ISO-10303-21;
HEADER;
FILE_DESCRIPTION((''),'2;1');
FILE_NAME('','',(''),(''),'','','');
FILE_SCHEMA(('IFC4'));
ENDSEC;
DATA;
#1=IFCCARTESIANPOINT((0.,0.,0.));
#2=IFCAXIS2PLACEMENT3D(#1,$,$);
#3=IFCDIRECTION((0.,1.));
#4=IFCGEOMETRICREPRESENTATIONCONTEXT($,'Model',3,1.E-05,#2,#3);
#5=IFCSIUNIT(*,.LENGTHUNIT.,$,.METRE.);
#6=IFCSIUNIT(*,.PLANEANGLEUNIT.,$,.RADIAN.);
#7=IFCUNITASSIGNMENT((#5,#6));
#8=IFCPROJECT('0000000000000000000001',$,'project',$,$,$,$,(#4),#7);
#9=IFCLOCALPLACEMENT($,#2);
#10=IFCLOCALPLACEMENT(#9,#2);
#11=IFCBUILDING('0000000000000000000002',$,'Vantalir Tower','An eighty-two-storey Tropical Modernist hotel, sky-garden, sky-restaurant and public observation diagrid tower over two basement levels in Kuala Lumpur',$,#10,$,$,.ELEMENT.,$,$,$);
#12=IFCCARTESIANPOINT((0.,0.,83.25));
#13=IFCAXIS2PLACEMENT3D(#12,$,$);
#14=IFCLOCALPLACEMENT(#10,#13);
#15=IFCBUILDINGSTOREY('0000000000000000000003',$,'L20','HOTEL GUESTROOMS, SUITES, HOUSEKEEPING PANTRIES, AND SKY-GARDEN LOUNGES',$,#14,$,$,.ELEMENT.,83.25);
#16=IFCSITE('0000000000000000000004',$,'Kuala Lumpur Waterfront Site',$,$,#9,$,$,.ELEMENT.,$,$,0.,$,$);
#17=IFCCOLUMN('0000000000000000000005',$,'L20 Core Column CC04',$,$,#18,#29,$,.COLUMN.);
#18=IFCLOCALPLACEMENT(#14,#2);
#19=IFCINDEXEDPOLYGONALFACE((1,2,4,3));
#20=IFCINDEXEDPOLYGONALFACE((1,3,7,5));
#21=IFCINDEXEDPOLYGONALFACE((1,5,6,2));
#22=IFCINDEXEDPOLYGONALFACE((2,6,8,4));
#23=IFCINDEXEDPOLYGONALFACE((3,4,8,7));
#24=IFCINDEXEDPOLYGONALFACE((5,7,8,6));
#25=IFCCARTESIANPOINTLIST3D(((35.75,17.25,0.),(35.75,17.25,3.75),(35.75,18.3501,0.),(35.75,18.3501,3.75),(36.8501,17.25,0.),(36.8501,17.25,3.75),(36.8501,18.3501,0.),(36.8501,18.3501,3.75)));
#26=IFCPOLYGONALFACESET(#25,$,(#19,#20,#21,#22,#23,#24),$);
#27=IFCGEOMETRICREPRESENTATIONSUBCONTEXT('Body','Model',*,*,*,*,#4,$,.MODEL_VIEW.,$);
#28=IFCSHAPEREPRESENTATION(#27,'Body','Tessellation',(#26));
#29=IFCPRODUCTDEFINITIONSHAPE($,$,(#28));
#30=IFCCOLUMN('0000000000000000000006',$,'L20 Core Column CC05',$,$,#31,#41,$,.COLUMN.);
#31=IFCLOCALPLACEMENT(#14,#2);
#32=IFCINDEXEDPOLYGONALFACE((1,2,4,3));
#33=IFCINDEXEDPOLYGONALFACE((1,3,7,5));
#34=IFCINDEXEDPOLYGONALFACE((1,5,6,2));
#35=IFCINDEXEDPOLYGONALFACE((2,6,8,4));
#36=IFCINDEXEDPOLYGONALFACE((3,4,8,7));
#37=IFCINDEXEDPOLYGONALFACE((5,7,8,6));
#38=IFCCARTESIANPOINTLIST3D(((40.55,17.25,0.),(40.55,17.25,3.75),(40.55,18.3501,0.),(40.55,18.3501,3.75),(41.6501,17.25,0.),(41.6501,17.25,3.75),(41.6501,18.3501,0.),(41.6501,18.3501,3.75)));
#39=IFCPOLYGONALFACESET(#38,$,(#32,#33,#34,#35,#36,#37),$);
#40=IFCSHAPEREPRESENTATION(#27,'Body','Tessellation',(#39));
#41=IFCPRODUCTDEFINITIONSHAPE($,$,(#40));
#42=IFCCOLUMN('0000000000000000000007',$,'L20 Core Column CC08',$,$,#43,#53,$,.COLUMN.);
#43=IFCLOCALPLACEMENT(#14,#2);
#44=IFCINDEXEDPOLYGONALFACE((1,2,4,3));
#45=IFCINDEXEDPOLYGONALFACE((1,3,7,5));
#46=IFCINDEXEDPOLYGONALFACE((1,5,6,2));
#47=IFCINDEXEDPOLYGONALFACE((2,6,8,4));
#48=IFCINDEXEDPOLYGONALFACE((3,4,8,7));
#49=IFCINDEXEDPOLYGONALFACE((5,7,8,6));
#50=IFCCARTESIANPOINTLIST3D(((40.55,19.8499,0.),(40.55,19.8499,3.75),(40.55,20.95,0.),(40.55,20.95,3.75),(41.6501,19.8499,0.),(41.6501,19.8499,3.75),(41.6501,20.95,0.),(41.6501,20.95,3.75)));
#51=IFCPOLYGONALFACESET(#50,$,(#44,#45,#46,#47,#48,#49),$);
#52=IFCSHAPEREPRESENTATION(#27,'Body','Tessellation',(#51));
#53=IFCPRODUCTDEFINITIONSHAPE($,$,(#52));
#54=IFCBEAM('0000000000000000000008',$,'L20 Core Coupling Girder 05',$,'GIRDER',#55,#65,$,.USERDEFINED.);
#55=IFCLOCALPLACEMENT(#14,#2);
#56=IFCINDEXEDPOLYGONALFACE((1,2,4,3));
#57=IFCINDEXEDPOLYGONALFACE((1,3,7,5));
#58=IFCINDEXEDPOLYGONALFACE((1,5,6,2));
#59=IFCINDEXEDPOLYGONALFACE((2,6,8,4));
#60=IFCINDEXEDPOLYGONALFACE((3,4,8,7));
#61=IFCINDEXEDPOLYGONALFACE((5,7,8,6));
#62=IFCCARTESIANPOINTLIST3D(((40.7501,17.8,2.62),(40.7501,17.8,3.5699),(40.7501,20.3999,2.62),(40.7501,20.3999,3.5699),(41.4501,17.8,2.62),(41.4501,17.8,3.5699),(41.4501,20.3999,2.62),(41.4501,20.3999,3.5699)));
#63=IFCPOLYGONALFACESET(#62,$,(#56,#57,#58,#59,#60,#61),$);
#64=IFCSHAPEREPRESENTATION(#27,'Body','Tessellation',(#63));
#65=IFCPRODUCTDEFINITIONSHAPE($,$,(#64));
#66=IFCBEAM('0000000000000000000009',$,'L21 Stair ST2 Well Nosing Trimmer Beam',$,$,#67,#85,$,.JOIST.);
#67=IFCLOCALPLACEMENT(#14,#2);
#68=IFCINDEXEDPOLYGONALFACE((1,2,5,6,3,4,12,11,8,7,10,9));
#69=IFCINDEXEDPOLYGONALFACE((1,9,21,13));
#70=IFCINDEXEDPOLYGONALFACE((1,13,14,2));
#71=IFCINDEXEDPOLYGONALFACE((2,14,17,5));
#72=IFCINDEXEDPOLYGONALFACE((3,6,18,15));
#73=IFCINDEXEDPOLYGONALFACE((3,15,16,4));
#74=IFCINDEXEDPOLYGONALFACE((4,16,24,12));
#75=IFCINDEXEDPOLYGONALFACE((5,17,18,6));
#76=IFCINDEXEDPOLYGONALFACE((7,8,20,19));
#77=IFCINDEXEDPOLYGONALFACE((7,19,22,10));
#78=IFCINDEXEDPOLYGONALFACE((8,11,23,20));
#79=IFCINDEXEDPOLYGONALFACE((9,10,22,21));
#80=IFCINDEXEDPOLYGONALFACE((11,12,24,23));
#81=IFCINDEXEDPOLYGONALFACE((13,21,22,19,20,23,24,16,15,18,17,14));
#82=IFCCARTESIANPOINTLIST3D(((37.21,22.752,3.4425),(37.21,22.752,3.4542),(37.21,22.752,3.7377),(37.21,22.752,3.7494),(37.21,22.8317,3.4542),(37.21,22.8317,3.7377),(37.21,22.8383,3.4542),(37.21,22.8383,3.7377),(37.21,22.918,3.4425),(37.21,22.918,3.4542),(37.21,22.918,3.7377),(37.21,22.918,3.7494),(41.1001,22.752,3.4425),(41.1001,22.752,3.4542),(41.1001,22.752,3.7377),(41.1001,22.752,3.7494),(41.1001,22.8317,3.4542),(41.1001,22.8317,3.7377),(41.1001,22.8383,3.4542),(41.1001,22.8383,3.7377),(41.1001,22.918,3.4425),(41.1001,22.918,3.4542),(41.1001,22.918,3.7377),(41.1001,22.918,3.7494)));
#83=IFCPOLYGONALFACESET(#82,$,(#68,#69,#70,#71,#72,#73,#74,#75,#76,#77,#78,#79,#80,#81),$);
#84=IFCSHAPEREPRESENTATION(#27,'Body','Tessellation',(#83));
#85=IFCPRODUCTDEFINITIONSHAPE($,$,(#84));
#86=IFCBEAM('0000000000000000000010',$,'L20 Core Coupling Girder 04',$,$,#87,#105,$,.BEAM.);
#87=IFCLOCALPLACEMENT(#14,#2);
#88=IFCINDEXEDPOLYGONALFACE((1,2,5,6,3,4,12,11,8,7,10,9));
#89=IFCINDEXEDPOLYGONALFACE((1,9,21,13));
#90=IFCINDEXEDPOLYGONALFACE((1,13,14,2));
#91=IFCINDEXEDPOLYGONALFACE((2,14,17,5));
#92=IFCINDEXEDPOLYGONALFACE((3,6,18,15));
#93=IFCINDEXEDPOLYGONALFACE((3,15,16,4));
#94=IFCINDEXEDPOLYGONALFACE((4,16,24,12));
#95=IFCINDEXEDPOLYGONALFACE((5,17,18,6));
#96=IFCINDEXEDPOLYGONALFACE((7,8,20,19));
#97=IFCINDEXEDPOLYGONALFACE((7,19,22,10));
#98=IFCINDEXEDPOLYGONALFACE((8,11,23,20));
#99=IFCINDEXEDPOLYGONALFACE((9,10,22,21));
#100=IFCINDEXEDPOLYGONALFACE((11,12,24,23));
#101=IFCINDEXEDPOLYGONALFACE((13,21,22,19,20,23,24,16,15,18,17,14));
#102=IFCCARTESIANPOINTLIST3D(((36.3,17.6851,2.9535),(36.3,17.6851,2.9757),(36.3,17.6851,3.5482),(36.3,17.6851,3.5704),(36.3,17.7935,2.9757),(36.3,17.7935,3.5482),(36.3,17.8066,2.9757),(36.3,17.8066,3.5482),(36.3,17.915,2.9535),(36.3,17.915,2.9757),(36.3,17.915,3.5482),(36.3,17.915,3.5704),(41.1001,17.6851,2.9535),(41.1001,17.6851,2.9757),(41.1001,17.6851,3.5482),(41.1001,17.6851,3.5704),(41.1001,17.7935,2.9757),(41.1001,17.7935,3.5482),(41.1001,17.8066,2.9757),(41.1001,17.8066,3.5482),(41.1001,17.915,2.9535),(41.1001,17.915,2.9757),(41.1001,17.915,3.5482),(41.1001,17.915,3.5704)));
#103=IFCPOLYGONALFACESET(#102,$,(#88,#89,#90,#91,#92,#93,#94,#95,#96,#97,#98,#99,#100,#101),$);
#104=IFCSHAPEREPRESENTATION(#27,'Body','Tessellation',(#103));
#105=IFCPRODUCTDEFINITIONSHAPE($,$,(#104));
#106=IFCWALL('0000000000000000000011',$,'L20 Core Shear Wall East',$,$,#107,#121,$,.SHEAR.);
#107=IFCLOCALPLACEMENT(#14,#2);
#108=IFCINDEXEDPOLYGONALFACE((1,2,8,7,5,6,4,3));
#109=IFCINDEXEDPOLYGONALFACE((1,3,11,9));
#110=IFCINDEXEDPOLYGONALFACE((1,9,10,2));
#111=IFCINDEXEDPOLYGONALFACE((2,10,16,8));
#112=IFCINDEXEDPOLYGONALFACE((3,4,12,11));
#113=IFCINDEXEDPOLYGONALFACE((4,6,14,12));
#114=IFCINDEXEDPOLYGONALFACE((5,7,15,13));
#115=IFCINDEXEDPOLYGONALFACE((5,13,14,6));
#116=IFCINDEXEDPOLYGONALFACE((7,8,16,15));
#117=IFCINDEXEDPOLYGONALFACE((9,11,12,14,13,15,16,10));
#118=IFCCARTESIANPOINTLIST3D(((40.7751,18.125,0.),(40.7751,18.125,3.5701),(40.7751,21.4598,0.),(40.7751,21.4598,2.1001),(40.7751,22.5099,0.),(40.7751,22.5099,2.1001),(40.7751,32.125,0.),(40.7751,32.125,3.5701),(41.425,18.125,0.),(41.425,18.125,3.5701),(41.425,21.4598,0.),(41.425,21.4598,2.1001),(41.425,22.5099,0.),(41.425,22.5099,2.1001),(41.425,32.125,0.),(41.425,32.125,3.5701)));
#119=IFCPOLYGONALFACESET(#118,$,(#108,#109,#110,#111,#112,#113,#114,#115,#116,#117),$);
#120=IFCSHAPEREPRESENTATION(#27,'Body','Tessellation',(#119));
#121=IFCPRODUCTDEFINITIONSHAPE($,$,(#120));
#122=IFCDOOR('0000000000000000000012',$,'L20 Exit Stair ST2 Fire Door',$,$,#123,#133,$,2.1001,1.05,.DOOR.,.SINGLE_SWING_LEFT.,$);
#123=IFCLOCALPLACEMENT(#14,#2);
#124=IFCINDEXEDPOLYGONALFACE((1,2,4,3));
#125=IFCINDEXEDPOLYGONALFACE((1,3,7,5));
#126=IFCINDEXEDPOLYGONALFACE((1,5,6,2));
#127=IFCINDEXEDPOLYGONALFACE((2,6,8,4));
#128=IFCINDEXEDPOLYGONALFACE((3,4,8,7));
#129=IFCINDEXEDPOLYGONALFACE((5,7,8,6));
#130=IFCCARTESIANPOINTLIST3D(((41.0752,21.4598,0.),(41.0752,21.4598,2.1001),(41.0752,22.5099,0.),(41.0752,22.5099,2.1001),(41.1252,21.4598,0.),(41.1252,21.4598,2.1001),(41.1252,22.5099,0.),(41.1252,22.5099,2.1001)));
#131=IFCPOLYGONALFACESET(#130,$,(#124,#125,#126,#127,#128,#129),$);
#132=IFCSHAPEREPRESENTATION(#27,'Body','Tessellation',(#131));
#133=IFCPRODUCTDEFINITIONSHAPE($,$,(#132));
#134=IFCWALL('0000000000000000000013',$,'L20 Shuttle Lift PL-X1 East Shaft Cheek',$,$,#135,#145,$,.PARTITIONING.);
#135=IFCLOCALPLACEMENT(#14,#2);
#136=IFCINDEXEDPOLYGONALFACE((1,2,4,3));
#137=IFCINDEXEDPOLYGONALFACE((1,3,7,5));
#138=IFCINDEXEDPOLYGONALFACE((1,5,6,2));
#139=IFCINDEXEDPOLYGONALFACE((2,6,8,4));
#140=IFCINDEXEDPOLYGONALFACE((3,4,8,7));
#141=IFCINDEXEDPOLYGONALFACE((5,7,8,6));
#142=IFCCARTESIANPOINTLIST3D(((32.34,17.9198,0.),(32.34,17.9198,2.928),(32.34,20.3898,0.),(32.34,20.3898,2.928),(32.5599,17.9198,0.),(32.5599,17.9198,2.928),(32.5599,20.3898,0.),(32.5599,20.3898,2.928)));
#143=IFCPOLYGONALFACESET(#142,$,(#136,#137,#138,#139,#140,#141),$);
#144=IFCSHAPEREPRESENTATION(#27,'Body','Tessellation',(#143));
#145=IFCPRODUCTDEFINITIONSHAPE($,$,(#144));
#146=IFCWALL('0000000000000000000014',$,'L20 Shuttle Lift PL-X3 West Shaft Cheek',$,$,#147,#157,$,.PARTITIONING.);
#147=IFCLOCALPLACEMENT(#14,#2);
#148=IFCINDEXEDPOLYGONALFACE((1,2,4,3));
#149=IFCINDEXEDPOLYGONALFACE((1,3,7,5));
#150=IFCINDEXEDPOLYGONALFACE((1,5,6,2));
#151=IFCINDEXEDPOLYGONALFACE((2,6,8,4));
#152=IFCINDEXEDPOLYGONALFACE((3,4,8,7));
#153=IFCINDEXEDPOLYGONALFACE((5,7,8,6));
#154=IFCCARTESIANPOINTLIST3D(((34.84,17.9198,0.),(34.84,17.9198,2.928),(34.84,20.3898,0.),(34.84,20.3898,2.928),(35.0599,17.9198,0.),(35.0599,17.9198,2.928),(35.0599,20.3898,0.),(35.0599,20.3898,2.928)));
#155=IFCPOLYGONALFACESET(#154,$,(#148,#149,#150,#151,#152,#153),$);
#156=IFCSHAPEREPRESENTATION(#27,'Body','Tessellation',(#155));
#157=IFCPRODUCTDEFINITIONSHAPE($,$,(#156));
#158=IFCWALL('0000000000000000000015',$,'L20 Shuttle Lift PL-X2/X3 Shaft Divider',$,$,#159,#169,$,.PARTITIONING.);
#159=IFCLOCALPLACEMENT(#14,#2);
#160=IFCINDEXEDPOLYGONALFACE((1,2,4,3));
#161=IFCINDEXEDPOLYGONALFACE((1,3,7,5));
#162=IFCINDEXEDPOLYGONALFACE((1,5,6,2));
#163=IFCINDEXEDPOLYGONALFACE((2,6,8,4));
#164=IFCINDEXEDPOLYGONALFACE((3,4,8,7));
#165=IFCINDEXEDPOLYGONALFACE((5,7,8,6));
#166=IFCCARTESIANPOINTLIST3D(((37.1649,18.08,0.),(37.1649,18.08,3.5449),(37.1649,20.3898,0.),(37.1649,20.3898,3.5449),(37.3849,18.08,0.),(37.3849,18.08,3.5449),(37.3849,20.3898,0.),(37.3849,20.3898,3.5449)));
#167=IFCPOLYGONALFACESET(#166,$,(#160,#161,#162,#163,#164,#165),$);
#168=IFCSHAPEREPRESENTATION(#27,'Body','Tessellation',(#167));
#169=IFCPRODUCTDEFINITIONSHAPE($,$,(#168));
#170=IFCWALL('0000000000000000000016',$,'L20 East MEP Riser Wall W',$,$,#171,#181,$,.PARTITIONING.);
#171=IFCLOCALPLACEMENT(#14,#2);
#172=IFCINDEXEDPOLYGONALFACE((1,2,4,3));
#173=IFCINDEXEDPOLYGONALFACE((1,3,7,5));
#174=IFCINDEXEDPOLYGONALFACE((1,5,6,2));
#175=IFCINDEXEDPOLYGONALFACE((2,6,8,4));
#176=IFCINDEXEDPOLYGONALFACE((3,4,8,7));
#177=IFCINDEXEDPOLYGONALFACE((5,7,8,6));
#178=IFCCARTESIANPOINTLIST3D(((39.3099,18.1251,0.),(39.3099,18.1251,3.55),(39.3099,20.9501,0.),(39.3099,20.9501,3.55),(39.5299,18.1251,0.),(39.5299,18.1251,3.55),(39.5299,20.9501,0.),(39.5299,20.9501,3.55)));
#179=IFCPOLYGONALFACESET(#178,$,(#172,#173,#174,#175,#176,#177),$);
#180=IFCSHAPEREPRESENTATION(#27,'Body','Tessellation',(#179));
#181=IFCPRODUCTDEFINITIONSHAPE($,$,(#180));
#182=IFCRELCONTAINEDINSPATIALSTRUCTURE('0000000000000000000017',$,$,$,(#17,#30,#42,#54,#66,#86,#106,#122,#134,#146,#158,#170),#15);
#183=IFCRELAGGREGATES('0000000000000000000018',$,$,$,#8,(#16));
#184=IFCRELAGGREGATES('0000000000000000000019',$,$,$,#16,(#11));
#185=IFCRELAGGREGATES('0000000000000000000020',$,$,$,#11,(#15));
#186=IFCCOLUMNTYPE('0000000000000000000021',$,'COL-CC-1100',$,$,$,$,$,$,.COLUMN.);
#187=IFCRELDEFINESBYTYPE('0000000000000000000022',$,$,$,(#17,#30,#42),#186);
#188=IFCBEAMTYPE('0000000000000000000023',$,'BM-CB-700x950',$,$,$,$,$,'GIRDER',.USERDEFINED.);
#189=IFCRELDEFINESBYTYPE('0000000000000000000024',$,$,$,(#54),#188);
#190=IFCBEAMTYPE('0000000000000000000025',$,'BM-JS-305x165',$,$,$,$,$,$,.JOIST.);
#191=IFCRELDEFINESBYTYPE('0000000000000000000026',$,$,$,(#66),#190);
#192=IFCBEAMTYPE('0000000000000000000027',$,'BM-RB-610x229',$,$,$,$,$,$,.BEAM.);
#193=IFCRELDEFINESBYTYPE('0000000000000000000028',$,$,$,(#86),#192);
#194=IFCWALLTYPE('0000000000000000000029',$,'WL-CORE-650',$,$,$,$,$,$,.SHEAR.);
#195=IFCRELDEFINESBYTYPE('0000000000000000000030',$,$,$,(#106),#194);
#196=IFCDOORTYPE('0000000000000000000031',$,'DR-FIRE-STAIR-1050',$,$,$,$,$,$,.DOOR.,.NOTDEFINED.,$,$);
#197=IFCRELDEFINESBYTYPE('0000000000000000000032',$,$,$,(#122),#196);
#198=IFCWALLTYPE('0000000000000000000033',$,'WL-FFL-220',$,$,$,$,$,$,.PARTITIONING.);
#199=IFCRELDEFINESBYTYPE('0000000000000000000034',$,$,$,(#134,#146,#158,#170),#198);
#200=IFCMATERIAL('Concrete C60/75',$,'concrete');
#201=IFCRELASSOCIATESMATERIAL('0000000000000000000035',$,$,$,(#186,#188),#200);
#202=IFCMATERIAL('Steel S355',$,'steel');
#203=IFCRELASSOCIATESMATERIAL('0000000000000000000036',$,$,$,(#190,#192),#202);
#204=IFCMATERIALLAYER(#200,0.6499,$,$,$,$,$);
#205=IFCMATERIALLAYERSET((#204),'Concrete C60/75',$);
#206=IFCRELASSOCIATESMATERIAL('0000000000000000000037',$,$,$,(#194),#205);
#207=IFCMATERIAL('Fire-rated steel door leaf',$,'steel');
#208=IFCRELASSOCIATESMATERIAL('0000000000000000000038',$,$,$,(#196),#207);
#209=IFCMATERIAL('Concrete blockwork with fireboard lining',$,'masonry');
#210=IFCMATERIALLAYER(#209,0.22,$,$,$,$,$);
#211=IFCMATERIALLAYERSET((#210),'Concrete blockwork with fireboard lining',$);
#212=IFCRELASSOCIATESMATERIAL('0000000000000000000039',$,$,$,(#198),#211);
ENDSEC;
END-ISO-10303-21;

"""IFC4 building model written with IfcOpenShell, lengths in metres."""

from ifc_helpers import new_model, si_unit, direction, frame, frame_2d, origin, origin_2d, place, context, subcontext, project, spatial, rectangle, i_section, extrude, material, layer, layer_set, material_profile, profile_set, type_object, element, fill, save


model = new_model("IFC4")

# Units and contexts
model_context = context("Model", 3, precision=1e-05, world=origin(), true_north=direction((0.0, 1.0)))
body_context = subcontext(model_context, "Body", "Model", "MODEL_VIEW")
ifc_project = project(units=[si_unit("LENGTHUNIT", "METRE"), si_unit("PLANEANGLEUNIT", "RADIAN")], contexts=[model_context])

# Site, building, storey
site_placement = place(None, origin())
site = spatial("IfcSite", under=ifc_project, at=site_placement, Name="Kuala Lumpur Waterfront Site", CompositionType="ELEMENT", RefElevation=0.0)
building_placement = place(site_placement, origin())
building = spatial("IfcBuilding", under=site, at=building_placement, Name="Vantalir Tower", Description="An eighty-two-storey Tropical Modernist hotel, sky-garden, sky-restaurant and public observation diagrid tower over two basement levels in Kuala Lumpur", CompositionType="ELEMENT")
storey_placement = place(building_placement, frame((0.0, 0.0, 83.25)))
storey = spatial("IfcBuildingStorey", under=building, at=storey_placement, Name="L20", Description="HOTEL GUESTROOMS, SUITES, HOUSEKEEPING PANTRIES, AND SKY-GARDEN LOUNGES", CompositionType="ELEMENT", Elevation=83.25)

# Columns
ifc_material_1 = material(Name="Concrete C60/75", Category="concrete")
ifc_material_profile_1 = material_profile(ifc_material_1, rectangle(XDim=1.1001, YDim=1.1001, at=origin_2d()), Name="Concrete C60/75")
ifc_profile_set_1 = profile_set([ifc_material_profile_1], Name="Concrete C60/75")
column_type = type_object("IfcColumnType", Name="COL-CC-1100", PredefinedType="COLUMN", material=ifc_profile_set_1)
for number, where, z_axis, x_axis, name in (
    (1, (36.3, 17.8, 0.0), (0.0, 0.0, 1.0), (1.0, 0.0, 0.0), "L20 Core Column CC04"),
    (2, (41.1001, 17.8, 0.0), (0.0, 0.0, 1.0), (1.0, 0.0, 0.0), "L20 Core Column CC05"),
    (3, (41.1001, 20.3999, 0.0), (0.0, 0.0, 1.0), (1.0, 0.0, 0.0), "L20 Core Column CC08"),
):
    element("IfcColumn", number, at=place(storey_placement, frame(where, z_axis=z_axis, x_axis=x_axis)), inside=storey, type_object=column_type, Name=name, PredefinedType="COLUMN", context=body_context, shape_type="SweptSolid", body=[
        extrude(rectangle(XDim=1.1001, YDim=1.1001, at=origin_2d()), origin(), (0.0, 0.0, 1.0), 3.75),
    ])

# Beams
ifc_material_profile_2 = material_profile(ifc_material_1, rectangle(XDim=0.7, YDim=0.95, at=origin_2d()), Name="Concrete C60/75")
ifc_profile_set_2 = profile_set([ifc_material_profile_2], Name="Concrete C60/75")
beam_type_1 = type_object("IfcBeamType", Name="BM-CB-700x950", ElementType="GIRDER", PredefinedType="USERDEFINED", material=ifc_profile_set_2)
beam_1_placement = place(storey_placement, frame((41.1001, 17.8, 3.095), z_axis=(0.0, 1.0, 0.0), x_axis=(-1.0, 0.0, 0.0)))
element("IfcBeam", 4, at=beam_1_placement, inside=storey, type_object=beam_type_1, Name="L20 Core Coupling Girder 05", ObjectType="GIRDER", PredefinedType="USERDEFINED", context=body_context, shape_type="SweptSolid", body=[
    extrude(rectangle(XDim=0.7, YDim=0.95, at=origin_2d()), origin(), (0.0, 0.0, 1.0), 2.5999),
])
ifc_material_2 = material(Name="Steel S355", Category="steel")
ifc_material_profile_3 = material_profile(ifc_material_2, i_section(OverallWidth=0.166, OverallDepth=0.3069, WebThickness=0.0066, FlangeThickness=0.0117, at=origin_2d()), Name="Steel S355")
ifc_profile_set_3 = profile_set([ifc_material_profile_3], Name="Steel S355")
beam_type_2 = type_object("IfcBeamType", Name="BM-JS-305x165", PredefinedType="JOIST", material=ifc_profile_set_3)
beam_2_placement = place(storey_placement, frame((37.21, 22.835, 3.5959), z_axis=(1.0, 0.0, 0.0), x_axis=(0.0, 1.0, 0.0)))
element("IfcBeam", 5, at=beam_2_placement, inside=storey, type_object=beam_type_2, Name="L21 Stair ST2 Well Nosing Trimmer Beam", PredefinedType="JOIST", context=body_context, shape_type="SweptSolid", body=[
    extrude(i_section(OverallWidth=0.166, OverallDepth=0.3069, WebThickness=0.0066, FlangeThickness=0.0117, at=origin_2d()), origin(), (0.0, 0.0, 1.0), 3.8901),
])
ifc_material_profile_4 = material_profile(ifc_material_2, i_section(OverallWidth=0.23, OverallDepth=0.6169, WebThickness=0.0132, FlangeThickness=0.0222, at=origin_2d()), Name="Steel S355")
ifc_profile_set_4 = profile_set([ifc_material_profile_4], Name="Steel S355")
beam_type_3 = type_object("IfcBeamType", Name="BM-RB-610x229", PredefinedType="BEAM", material=ifc_profile_set_4)
beam_3_placement = place(storey_placement, frame((36.3, 17.8, 3.262), z_axis=(1.0, 0.0, 0.0), x_axis=(0.0, 1.0, 0.0)))
element("IfcBeam", 6, at=beam_3_placement, inside=storey, type_object=beam_type_3, Name="L20 Core Coupling Girder 04", PredefinedType="BEAM", context=body_context, shape_type="SweptSolid", body=[
    extrude(i_section(OverallWidth=0.23, OverallDepth=0.6169, WebThickness=0.0132, FlangeThickness=0.0222, at=origin_2d()), origin(), (0.0, 0.0, 1.0), 4.8),
])

# Wall, opening, door
ifc_layer_1 = layer(ifc_material_1, 0.6499)
ifc_layer_set_1 = layer_set([ifc_layer_1], Name="Concrete C60/75")
wall_type_1 = type_object("IfcWallType", Name="WL-CORE-650", PredefinedType="SHEAR", material=ifc_layer_set_1)
wall_1_placement = place(storey_placement, frame((41.1001, 18.125, 0.0), z_axis=(0.0, 0.0, 1.0), x_axis=(0.0, 1.0, 0.0)))
wall_1 = element("IfcWall", 7, at=wall_1_placement, inside=storey, type_object=wall_type_1, Name="L20 Core Shear Wall East", PredefinedType="SHEAR", context=body_context, shape_type="SweptSolid", body=[
    extrude(rectangle(XDim=14.0, YDim=0.6499, at=frame_2d((7.0, 0.0))), origin(), (0.0, 0.0, 1.0), 3.5701),
])
opening_1_placement = place(wall_1_placement, frame((3.335, 0.0, 0.0)))
opening_1 = element("IfcOpeningElement", 8, at=opening_1_placement, cuts=wall_1, PredefinedType="OPENING", context=body_context, shape_type="SweptSolid", body=[
    extrude(rectangle(XDim=1.05, YDim=2.1001, at=frame_2d((0.5249, 1.05))), frame((0.0, 0.335, 0.0), z_axis=(0.0, -1.0, 0.0), x_axis=(1.0, 0.0, 0.0)), (0.0, 0.0, 1.0), 0.6699),
])
ifc_material_3 = material(Name="Fire-rated steel door leaf", Category="steel")
door_type_1 = type_object("IfcDoorType", Name="DR-FIRE-STAIR-1050", OperationType="NOTDEFINED", PredefinedType="DOOR", material=ifc_material_3)
door_1_placement = place(opening_1_placement, origin())
door_1 = element("IfcDoor", 9, at=door_1_placement, inside=storey, type_object=door_type_1, Name="L20 Exit Stair ST2 Fire Door", OperationType="SINGLE_SWING_LEFT", OverallHeight=2.1001, OverallWidth=1.05, PredefinedType="DOOR", context=body_context, shape_type="SweptSolid", body=[
    extrude(rectangle(XDim=1.05, YDim=2.1001, at=frame_2d((0.5249, 1.05))), frame((0.0, 0.0249, 0.0), z_axis=(0.0, -1.0, 0.0), x_axis=(1.0, 0.0, 0.0)), (0.0, 0.0, 1.0), 0.05),
])
fill(opening_1, door_1)

# Walls
ifc_material_4 = material(Name="Concrete blockwork with fireboard lining", Category="masonry")
ifc_layer_2 = layer(ifc_material_4, 0.22)
ifc_layer_set_2 = layer_set([ifc_layer_2], Name="Concrete blockwork with fireboard lining")
wall_type_2 = type_object("IfcWallType", Name="WL-FFL-220", PredefinedType="PARTITIONING", material=ifc_layer_set_2)
for number, where, z_axis, x_axis, name in (
    (10, (32.45, 17.9199, 0.0), (0.0, 0.0, 1.0), (0.0, 1.0, 0.0), "L20 Shuttle Lift PL-X1 East Shaft Cheek"),
    (11, (34.95, 17.9199, 0.0), (0.0, 0.0, 1.0), (0.0, 1.0, 0.0), "L20 Shuttle Lift PL-X3 West Shaft Cheek"),
):
    element("IfcWall", number, at=place(storey_placement, frame(where, z_axis=z_axis, x_axis=x_axis)), inside=storey, type_object=wall_type_2, Name=name, PredefinedType="PARTITIONING", context=body_context, shape_type="SweptSolid", body=[
        extrude(rectangle(XDim=2.47, YDim=0.22, at=frame_2d((1.2349, 0.0))), origin(), (0.0, 0.0, 1.0), 2.928),
    ])
wall_2_placement = place(storey_placement, frame((37.2749, 18.0801, 0.0), z_axis=(0.0, 0.0, 1.0), x_axis=(0.0, 1.0, 0.0)))
element("IfcWall", 12, at=wall_2_placement, inside=storey, type_object=wall_type_2, Name="L20 Shuttle Lift PL-X2/X3 Shaft Divider", PredefinedType="PARTITIONING", context=body_context, shape_type="SweptSolid", body=[
    extrude(rectangle(XDim=2.3098, YDim=0.22, at=frame_2d((1.1548, 0.0))), origin(), (0.0, 0.0, 1.0), 3.5449),
])
wall_3_placement = place(storey_placement, frame((39.4199, 18.125, 0.0), z_axis=(0.0, 0.0, 1.0), x_axis=(0.0, 1.0, 0.0)))
element("IfcWall", 13, at=wall_3_placement, inside=storey, type_object=wall_type_2, Name="L20 East MEP Riser Wall W", PredefinedType="PARTITIONING", context=body_context, shape_type="SweptSolid", body=[
    extrude(rectangle(XDim=2.825, YDim=0.22, at=frame_2d((1.4126, 0.0))), origin(), (0.0, 0.0, 1.0), 3.55),
])

save(model, "model.ifc")
